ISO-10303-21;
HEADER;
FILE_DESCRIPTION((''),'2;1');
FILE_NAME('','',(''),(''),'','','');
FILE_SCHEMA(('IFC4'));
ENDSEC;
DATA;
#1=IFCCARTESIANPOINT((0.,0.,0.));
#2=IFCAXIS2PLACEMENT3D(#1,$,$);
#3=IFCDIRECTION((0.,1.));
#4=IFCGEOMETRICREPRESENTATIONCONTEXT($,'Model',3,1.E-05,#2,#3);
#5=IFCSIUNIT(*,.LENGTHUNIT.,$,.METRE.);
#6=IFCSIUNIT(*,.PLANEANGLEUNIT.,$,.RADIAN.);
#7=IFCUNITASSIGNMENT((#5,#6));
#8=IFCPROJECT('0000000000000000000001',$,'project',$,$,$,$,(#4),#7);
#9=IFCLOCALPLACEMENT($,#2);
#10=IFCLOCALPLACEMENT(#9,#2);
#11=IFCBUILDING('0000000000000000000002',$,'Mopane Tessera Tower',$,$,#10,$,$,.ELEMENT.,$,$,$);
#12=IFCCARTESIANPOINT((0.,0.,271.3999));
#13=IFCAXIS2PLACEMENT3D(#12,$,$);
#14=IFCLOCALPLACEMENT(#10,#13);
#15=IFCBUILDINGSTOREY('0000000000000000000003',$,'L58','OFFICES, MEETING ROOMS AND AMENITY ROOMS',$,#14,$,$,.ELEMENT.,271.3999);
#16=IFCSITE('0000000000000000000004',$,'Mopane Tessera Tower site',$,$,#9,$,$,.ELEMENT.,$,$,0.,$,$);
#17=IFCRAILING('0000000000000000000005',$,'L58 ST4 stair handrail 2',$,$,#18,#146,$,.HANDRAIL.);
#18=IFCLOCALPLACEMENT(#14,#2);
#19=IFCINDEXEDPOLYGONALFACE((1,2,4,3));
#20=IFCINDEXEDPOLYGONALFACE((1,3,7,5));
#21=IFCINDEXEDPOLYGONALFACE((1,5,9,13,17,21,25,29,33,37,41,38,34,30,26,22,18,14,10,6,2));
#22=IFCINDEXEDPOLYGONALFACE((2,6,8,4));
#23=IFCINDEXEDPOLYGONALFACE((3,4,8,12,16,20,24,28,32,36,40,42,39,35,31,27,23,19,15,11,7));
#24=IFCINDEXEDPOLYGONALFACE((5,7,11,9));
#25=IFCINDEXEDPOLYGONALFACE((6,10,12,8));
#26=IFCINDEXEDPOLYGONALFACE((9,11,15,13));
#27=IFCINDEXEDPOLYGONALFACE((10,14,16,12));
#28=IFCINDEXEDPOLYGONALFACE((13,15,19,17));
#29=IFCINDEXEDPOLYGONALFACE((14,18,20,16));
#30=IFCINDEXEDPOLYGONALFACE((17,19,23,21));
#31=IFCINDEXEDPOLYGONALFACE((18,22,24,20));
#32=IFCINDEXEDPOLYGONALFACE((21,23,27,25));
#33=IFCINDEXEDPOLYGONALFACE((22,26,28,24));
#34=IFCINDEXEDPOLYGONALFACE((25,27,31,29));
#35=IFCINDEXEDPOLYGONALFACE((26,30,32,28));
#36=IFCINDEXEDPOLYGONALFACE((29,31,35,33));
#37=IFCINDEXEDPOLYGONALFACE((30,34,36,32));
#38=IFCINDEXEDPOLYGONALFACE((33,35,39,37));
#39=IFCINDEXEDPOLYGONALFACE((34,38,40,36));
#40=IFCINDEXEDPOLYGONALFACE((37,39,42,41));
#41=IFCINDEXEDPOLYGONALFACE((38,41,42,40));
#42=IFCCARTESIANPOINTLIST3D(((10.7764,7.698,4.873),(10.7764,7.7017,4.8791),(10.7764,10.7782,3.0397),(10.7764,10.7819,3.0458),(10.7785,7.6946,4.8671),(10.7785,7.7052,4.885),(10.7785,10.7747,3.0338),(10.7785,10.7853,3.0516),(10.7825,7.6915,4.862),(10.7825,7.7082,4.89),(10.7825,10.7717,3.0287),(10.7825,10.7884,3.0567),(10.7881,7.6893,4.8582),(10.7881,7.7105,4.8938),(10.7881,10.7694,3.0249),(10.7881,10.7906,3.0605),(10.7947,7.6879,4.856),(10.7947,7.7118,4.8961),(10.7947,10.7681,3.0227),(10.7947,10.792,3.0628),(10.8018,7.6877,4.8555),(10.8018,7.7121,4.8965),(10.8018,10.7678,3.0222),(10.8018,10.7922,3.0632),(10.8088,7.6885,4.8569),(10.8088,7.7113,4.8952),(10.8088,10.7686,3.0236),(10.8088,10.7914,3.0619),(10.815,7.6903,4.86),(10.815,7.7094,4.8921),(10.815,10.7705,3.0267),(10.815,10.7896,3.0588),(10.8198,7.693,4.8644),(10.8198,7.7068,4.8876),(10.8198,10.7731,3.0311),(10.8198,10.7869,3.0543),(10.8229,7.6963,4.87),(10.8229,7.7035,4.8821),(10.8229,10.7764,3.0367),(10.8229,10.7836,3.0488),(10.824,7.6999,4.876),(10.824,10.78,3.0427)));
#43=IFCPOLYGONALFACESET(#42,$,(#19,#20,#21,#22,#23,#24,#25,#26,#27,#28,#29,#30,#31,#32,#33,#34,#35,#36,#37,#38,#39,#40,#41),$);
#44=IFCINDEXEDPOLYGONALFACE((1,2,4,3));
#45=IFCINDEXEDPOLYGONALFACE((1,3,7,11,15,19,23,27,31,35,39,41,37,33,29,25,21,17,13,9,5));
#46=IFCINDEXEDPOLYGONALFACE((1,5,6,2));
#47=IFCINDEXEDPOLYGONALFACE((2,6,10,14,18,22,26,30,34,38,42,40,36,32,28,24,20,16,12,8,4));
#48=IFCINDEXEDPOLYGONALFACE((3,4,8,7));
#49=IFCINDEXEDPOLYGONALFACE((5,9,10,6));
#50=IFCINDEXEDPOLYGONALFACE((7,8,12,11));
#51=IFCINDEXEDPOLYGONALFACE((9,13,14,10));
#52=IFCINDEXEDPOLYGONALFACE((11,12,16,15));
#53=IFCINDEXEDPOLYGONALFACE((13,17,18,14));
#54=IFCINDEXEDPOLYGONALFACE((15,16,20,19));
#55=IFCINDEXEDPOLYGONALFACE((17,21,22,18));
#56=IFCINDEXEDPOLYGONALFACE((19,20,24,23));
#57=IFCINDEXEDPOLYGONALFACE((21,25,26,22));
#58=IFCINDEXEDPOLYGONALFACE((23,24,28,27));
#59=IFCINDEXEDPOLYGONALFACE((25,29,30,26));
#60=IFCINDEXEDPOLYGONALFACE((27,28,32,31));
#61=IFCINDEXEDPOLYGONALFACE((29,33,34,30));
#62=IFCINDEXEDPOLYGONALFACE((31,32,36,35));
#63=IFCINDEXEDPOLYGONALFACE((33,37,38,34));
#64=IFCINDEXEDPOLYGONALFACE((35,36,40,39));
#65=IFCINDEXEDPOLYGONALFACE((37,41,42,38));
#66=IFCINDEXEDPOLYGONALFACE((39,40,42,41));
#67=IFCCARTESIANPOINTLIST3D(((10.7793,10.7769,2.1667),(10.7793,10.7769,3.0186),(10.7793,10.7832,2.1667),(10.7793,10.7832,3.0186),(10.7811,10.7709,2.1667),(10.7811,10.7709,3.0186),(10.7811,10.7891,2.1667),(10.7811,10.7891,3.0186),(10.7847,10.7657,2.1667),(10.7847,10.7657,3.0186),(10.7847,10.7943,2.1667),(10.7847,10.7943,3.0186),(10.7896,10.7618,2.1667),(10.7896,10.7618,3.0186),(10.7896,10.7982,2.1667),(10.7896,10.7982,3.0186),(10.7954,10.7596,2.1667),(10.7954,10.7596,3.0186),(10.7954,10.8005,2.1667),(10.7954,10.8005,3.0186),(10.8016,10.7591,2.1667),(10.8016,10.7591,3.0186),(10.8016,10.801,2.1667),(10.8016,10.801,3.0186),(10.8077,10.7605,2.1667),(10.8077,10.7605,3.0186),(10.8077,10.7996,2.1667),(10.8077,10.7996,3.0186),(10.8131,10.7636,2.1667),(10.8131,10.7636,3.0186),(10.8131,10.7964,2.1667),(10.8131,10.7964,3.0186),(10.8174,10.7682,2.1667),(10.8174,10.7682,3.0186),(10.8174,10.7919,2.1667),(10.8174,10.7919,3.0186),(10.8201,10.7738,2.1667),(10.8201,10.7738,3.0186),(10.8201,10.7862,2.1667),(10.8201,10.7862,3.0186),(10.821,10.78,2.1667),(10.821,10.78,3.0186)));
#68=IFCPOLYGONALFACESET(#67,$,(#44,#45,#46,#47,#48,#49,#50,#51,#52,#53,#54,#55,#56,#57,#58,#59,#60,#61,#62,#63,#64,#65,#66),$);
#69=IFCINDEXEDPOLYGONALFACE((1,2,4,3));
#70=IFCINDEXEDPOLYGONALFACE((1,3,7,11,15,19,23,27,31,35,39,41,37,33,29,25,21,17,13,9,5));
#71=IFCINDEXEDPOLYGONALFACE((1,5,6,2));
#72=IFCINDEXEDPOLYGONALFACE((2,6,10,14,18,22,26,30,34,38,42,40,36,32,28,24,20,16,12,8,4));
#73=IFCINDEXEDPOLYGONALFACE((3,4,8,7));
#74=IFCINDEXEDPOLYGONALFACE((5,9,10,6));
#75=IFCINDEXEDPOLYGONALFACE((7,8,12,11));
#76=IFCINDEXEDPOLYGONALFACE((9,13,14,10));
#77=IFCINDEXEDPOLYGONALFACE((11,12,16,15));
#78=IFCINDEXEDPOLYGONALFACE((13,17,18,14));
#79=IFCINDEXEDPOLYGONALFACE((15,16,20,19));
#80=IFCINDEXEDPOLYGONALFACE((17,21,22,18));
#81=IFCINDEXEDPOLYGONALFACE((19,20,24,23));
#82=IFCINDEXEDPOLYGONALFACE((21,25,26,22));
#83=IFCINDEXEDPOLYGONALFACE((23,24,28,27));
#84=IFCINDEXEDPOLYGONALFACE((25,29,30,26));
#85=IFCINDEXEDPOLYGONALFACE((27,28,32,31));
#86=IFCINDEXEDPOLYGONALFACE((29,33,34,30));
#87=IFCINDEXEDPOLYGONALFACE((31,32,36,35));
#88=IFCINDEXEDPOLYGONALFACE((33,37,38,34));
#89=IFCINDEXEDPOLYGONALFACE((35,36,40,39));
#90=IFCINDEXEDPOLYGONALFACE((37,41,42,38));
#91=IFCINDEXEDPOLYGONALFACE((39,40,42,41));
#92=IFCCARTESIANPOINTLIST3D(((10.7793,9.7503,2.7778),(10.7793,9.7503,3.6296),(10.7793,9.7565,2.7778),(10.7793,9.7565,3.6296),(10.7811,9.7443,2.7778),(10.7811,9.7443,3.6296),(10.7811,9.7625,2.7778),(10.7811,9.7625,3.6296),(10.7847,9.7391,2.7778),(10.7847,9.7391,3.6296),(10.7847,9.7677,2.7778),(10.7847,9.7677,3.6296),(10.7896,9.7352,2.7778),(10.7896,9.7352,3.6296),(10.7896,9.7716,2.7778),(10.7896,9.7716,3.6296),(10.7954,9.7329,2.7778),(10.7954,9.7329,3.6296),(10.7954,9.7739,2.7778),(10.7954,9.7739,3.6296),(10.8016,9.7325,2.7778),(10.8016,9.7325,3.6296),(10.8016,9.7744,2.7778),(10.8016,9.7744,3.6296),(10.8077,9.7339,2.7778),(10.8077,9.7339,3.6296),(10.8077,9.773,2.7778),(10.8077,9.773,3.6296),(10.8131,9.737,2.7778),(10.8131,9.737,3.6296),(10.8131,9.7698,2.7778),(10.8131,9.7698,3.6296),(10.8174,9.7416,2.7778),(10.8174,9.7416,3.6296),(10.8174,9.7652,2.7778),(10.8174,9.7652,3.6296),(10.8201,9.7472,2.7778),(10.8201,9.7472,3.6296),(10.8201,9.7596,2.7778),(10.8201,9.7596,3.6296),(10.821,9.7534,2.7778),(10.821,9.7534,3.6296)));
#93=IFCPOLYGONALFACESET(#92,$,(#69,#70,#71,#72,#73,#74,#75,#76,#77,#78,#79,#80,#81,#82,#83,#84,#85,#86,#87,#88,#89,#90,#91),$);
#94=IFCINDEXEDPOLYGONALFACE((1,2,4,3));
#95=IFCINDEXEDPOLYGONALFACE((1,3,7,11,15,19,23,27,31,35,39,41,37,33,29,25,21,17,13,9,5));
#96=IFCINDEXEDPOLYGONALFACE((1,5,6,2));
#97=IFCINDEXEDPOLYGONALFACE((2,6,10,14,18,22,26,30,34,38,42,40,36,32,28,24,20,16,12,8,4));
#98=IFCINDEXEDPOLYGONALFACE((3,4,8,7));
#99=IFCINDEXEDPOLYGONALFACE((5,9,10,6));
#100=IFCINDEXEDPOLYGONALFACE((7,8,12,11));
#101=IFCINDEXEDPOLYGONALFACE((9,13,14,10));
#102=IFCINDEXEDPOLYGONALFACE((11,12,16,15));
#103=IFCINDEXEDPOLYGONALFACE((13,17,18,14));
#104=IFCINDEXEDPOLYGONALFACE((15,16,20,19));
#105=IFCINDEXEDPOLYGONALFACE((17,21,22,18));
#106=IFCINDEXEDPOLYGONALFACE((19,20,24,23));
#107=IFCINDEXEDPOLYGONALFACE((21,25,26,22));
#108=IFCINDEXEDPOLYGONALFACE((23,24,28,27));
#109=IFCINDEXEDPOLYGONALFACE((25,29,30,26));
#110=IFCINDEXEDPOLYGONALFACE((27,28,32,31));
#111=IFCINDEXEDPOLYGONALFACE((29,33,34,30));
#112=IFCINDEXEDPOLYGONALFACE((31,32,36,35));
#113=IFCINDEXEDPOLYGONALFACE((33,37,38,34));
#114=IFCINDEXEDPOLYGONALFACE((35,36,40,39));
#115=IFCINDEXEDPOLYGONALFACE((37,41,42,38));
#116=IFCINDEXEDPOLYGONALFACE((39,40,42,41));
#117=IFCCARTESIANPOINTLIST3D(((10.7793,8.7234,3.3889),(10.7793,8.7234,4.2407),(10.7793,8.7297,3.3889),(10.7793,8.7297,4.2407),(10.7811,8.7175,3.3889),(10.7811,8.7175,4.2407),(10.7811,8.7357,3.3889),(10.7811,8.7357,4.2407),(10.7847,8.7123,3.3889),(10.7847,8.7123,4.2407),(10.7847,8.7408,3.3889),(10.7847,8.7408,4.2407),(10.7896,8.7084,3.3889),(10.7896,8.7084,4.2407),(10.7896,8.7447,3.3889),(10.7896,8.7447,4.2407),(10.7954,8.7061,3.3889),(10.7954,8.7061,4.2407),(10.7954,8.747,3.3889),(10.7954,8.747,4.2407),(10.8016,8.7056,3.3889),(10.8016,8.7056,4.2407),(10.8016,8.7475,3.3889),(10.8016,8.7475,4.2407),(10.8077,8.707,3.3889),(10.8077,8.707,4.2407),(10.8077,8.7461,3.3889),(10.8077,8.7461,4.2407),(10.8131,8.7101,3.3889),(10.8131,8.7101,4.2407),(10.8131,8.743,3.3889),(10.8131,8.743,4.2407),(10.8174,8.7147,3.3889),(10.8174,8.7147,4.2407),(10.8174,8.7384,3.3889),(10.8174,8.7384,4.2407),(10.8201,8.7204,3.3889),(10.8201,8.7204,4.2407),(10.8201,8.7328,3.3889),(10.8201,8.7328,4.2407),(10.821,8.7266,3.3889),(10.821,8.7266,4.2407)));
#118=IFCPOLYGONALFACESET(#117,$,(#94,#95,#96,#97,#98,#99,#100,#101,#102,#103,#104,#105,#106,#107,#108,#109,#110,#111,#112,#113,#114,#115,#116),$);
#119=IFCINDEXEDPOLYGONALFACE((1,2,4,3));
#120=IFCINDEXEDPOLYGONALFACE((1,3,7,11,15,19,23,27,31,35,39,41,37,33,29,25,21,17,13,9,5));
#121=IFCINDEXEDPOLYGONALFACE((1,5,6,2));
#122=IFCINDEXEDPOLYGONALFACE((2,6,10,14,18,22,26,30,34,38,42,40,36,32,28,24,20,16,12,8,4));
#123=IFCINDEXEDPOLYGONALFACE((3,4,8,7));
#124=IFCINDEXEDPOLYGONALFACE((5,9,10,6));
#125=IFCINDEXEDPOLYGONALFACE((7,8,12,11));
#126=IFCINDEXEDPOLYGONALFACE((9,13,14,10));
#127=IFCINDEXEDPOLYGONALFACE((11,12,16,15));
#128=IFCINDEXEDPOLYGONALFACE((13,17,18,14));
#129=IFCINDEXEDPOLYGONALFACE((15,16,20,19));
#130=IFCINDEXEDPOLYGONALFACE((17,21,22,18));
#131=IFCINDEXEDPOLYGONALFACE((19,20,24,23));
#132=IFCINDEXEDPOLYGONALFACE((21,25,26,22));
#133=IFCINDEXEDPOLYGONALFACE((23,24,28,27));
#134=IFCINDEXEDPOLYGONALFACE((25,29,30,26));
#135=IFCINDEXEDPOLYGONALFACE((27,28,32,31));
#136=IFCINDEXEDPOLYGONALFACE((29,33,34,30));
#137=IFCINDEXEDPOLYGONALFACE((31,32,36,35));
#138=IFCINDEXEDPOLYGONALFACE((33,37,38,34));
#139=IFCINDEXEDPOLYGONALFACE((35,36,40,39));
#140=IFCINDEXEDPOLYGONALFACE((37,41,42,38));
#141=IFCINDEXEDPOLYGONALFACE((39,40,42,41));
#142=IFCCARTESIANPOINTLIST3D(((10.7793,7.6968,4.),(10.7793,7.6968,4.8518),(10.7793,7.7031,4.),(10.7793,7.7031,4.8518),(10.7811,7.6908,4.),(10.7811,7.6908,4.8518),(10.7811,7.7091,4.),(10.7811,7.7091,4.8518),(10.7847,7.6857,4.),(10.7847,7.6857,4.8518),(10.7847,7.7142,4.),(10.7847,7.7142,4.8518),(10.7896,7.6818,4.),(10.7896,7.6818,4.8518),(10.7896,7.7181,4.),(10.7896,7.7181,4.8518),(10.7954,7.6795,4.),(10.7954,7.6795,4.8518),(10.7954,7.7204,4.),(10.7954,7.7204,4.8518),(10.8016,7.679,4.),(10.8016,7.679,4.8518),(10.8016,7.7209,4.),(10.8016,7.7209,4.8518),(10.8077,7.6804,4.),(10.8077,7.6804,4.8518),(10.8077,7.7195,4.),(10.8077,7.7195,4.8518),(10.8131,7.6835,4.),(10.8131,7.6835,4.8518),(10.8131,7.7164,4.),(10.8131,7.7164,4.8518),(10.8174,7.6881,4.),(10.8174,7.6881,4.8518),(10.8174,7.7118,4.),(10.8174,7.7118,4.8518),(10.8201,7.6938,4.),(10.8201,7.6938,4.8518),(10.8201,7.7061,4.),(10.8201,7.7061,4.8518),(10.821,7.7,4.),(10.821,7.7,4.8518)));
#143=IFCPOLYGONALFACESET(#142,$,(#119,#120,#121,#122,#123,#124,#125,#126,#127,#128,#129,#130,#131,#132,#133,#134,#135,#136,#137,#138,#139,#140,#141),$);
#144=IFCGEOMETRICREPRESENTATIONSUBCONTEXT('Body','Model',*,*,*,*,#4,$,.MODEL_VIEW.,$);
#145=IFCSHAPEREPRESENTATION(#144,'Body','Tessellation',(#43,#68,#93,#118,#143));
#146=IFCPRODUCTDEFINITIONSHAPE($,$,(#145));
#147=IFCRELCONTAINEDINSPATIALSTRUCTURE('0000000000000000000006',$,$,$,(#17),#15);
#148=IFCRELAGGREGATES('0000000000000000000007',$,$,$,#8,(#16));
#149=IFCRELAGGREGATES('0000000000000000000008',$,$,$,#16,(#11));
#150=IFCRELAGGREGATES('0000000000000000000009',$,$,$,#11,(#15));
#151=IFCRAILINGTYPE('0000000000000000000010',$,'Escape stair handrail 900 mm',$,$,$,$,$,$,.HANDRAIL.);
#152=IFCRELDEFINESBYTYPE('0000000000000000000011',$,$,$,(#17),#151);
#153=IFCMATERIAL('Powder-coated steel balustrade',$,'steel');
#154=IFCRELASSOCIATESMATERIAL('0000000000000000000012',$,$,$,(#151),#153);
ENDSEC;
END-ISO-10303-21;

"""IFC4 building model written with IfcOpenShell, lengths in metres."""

from ifc_helpers import new_model, si_unit, direction, frame, origin, origin_2d, place, context, subcontext, project, spatial, circle, extrude, material, type_object, element, save


model = new_model("IFC4")

# Units and contexts
model_context = context("Model", 3, precision=1e-05, world=origin(), true_north=direction((0.0, 1.0)))
body_context = subcontext(model_context, "Body", "Model", "MODEL_VIEW")
ifc_project = project(units=[si_unit("LENGTHUNIT", "METRE"), si_unit("PLANEANGLEUNIT", "RADIAN")], contexts=[model_context])

# Site, building, storey
site_placement = place(None, origin())
site = spatial("IfcSite", under=ifc_project, at=site_placement, Name="Mopane Tessera Tower site", CompositionType="ELEMENT", RefElevation=0.0)
building_placement = place(site_placement, origin())
building = spatial("IfcBuilding", under=site, at=building_placement, Name="Mopane Tessera Tower", CompositionType="ELEMENT")
storey_placement = place(building_placement, frame((0.0, 0.0, 271.3999)))
storey = spatial("IfcBuildingStorey", under=building, at=storey_placement, Name="L58", Description="OFFICES, MEETING ROOMS AND AMENITY ROOMS", CompositionType="ELEMENT", Elevation=271.3999)

# Railing
ifc_material_1 = material(Name="Powder-coated steel balustrade", Category="steel")
railing_type_1 = type_object("IfcRailingType", Name="Escape stair handrail 900 mm", PredefinedType="HANDRAIL", material=ifc_material_1)
railing_1_placement = place(storey_placement, frame((10.8, 10.78, 2.1667)))
element("IfcRailing", 1, at=railing_1_placement, inside=storey, type_object=railing_type_1, Name="L58 ST4 stair handrail 2", PredefinedType="HANDRAIL", context=body_context, shape_type="SweptSolid", body=[
    extrude(circle(Radius=0.0239, at=origin_2d()), frame((0.0, 0.0, 0.876), z_axis=(0.0, -0.859309, 0.511458), x_axis=(1.0, 0.0, 0.0)), (0.0, 0.0, 1.0), 3.5845),
    extrude(circle(Radius=0.021, at=origin_2d()), origin(), (0.0, 0.0, 1.0), 0.8518),
    extrude(circle(Radius=0.021, at=origin_2d()), frame((0.0, -1.0266, 0.6111)), (0.0, 0.0, 1.0), 0.8518),
    extrude(circle(Radius=0.021, at=origin_2d()), frame((0.0, -2.0535, 1.2222)), (0.0, 0.0, 1.0), 0.8518),
    extrude(circle(Radius=0.021, at=origin_2d()), frame((0.0, -3.0801, 1.8333)), (0.0, 0.0, 1.0), 0.8518),
])

save(model, "model.ifc")
